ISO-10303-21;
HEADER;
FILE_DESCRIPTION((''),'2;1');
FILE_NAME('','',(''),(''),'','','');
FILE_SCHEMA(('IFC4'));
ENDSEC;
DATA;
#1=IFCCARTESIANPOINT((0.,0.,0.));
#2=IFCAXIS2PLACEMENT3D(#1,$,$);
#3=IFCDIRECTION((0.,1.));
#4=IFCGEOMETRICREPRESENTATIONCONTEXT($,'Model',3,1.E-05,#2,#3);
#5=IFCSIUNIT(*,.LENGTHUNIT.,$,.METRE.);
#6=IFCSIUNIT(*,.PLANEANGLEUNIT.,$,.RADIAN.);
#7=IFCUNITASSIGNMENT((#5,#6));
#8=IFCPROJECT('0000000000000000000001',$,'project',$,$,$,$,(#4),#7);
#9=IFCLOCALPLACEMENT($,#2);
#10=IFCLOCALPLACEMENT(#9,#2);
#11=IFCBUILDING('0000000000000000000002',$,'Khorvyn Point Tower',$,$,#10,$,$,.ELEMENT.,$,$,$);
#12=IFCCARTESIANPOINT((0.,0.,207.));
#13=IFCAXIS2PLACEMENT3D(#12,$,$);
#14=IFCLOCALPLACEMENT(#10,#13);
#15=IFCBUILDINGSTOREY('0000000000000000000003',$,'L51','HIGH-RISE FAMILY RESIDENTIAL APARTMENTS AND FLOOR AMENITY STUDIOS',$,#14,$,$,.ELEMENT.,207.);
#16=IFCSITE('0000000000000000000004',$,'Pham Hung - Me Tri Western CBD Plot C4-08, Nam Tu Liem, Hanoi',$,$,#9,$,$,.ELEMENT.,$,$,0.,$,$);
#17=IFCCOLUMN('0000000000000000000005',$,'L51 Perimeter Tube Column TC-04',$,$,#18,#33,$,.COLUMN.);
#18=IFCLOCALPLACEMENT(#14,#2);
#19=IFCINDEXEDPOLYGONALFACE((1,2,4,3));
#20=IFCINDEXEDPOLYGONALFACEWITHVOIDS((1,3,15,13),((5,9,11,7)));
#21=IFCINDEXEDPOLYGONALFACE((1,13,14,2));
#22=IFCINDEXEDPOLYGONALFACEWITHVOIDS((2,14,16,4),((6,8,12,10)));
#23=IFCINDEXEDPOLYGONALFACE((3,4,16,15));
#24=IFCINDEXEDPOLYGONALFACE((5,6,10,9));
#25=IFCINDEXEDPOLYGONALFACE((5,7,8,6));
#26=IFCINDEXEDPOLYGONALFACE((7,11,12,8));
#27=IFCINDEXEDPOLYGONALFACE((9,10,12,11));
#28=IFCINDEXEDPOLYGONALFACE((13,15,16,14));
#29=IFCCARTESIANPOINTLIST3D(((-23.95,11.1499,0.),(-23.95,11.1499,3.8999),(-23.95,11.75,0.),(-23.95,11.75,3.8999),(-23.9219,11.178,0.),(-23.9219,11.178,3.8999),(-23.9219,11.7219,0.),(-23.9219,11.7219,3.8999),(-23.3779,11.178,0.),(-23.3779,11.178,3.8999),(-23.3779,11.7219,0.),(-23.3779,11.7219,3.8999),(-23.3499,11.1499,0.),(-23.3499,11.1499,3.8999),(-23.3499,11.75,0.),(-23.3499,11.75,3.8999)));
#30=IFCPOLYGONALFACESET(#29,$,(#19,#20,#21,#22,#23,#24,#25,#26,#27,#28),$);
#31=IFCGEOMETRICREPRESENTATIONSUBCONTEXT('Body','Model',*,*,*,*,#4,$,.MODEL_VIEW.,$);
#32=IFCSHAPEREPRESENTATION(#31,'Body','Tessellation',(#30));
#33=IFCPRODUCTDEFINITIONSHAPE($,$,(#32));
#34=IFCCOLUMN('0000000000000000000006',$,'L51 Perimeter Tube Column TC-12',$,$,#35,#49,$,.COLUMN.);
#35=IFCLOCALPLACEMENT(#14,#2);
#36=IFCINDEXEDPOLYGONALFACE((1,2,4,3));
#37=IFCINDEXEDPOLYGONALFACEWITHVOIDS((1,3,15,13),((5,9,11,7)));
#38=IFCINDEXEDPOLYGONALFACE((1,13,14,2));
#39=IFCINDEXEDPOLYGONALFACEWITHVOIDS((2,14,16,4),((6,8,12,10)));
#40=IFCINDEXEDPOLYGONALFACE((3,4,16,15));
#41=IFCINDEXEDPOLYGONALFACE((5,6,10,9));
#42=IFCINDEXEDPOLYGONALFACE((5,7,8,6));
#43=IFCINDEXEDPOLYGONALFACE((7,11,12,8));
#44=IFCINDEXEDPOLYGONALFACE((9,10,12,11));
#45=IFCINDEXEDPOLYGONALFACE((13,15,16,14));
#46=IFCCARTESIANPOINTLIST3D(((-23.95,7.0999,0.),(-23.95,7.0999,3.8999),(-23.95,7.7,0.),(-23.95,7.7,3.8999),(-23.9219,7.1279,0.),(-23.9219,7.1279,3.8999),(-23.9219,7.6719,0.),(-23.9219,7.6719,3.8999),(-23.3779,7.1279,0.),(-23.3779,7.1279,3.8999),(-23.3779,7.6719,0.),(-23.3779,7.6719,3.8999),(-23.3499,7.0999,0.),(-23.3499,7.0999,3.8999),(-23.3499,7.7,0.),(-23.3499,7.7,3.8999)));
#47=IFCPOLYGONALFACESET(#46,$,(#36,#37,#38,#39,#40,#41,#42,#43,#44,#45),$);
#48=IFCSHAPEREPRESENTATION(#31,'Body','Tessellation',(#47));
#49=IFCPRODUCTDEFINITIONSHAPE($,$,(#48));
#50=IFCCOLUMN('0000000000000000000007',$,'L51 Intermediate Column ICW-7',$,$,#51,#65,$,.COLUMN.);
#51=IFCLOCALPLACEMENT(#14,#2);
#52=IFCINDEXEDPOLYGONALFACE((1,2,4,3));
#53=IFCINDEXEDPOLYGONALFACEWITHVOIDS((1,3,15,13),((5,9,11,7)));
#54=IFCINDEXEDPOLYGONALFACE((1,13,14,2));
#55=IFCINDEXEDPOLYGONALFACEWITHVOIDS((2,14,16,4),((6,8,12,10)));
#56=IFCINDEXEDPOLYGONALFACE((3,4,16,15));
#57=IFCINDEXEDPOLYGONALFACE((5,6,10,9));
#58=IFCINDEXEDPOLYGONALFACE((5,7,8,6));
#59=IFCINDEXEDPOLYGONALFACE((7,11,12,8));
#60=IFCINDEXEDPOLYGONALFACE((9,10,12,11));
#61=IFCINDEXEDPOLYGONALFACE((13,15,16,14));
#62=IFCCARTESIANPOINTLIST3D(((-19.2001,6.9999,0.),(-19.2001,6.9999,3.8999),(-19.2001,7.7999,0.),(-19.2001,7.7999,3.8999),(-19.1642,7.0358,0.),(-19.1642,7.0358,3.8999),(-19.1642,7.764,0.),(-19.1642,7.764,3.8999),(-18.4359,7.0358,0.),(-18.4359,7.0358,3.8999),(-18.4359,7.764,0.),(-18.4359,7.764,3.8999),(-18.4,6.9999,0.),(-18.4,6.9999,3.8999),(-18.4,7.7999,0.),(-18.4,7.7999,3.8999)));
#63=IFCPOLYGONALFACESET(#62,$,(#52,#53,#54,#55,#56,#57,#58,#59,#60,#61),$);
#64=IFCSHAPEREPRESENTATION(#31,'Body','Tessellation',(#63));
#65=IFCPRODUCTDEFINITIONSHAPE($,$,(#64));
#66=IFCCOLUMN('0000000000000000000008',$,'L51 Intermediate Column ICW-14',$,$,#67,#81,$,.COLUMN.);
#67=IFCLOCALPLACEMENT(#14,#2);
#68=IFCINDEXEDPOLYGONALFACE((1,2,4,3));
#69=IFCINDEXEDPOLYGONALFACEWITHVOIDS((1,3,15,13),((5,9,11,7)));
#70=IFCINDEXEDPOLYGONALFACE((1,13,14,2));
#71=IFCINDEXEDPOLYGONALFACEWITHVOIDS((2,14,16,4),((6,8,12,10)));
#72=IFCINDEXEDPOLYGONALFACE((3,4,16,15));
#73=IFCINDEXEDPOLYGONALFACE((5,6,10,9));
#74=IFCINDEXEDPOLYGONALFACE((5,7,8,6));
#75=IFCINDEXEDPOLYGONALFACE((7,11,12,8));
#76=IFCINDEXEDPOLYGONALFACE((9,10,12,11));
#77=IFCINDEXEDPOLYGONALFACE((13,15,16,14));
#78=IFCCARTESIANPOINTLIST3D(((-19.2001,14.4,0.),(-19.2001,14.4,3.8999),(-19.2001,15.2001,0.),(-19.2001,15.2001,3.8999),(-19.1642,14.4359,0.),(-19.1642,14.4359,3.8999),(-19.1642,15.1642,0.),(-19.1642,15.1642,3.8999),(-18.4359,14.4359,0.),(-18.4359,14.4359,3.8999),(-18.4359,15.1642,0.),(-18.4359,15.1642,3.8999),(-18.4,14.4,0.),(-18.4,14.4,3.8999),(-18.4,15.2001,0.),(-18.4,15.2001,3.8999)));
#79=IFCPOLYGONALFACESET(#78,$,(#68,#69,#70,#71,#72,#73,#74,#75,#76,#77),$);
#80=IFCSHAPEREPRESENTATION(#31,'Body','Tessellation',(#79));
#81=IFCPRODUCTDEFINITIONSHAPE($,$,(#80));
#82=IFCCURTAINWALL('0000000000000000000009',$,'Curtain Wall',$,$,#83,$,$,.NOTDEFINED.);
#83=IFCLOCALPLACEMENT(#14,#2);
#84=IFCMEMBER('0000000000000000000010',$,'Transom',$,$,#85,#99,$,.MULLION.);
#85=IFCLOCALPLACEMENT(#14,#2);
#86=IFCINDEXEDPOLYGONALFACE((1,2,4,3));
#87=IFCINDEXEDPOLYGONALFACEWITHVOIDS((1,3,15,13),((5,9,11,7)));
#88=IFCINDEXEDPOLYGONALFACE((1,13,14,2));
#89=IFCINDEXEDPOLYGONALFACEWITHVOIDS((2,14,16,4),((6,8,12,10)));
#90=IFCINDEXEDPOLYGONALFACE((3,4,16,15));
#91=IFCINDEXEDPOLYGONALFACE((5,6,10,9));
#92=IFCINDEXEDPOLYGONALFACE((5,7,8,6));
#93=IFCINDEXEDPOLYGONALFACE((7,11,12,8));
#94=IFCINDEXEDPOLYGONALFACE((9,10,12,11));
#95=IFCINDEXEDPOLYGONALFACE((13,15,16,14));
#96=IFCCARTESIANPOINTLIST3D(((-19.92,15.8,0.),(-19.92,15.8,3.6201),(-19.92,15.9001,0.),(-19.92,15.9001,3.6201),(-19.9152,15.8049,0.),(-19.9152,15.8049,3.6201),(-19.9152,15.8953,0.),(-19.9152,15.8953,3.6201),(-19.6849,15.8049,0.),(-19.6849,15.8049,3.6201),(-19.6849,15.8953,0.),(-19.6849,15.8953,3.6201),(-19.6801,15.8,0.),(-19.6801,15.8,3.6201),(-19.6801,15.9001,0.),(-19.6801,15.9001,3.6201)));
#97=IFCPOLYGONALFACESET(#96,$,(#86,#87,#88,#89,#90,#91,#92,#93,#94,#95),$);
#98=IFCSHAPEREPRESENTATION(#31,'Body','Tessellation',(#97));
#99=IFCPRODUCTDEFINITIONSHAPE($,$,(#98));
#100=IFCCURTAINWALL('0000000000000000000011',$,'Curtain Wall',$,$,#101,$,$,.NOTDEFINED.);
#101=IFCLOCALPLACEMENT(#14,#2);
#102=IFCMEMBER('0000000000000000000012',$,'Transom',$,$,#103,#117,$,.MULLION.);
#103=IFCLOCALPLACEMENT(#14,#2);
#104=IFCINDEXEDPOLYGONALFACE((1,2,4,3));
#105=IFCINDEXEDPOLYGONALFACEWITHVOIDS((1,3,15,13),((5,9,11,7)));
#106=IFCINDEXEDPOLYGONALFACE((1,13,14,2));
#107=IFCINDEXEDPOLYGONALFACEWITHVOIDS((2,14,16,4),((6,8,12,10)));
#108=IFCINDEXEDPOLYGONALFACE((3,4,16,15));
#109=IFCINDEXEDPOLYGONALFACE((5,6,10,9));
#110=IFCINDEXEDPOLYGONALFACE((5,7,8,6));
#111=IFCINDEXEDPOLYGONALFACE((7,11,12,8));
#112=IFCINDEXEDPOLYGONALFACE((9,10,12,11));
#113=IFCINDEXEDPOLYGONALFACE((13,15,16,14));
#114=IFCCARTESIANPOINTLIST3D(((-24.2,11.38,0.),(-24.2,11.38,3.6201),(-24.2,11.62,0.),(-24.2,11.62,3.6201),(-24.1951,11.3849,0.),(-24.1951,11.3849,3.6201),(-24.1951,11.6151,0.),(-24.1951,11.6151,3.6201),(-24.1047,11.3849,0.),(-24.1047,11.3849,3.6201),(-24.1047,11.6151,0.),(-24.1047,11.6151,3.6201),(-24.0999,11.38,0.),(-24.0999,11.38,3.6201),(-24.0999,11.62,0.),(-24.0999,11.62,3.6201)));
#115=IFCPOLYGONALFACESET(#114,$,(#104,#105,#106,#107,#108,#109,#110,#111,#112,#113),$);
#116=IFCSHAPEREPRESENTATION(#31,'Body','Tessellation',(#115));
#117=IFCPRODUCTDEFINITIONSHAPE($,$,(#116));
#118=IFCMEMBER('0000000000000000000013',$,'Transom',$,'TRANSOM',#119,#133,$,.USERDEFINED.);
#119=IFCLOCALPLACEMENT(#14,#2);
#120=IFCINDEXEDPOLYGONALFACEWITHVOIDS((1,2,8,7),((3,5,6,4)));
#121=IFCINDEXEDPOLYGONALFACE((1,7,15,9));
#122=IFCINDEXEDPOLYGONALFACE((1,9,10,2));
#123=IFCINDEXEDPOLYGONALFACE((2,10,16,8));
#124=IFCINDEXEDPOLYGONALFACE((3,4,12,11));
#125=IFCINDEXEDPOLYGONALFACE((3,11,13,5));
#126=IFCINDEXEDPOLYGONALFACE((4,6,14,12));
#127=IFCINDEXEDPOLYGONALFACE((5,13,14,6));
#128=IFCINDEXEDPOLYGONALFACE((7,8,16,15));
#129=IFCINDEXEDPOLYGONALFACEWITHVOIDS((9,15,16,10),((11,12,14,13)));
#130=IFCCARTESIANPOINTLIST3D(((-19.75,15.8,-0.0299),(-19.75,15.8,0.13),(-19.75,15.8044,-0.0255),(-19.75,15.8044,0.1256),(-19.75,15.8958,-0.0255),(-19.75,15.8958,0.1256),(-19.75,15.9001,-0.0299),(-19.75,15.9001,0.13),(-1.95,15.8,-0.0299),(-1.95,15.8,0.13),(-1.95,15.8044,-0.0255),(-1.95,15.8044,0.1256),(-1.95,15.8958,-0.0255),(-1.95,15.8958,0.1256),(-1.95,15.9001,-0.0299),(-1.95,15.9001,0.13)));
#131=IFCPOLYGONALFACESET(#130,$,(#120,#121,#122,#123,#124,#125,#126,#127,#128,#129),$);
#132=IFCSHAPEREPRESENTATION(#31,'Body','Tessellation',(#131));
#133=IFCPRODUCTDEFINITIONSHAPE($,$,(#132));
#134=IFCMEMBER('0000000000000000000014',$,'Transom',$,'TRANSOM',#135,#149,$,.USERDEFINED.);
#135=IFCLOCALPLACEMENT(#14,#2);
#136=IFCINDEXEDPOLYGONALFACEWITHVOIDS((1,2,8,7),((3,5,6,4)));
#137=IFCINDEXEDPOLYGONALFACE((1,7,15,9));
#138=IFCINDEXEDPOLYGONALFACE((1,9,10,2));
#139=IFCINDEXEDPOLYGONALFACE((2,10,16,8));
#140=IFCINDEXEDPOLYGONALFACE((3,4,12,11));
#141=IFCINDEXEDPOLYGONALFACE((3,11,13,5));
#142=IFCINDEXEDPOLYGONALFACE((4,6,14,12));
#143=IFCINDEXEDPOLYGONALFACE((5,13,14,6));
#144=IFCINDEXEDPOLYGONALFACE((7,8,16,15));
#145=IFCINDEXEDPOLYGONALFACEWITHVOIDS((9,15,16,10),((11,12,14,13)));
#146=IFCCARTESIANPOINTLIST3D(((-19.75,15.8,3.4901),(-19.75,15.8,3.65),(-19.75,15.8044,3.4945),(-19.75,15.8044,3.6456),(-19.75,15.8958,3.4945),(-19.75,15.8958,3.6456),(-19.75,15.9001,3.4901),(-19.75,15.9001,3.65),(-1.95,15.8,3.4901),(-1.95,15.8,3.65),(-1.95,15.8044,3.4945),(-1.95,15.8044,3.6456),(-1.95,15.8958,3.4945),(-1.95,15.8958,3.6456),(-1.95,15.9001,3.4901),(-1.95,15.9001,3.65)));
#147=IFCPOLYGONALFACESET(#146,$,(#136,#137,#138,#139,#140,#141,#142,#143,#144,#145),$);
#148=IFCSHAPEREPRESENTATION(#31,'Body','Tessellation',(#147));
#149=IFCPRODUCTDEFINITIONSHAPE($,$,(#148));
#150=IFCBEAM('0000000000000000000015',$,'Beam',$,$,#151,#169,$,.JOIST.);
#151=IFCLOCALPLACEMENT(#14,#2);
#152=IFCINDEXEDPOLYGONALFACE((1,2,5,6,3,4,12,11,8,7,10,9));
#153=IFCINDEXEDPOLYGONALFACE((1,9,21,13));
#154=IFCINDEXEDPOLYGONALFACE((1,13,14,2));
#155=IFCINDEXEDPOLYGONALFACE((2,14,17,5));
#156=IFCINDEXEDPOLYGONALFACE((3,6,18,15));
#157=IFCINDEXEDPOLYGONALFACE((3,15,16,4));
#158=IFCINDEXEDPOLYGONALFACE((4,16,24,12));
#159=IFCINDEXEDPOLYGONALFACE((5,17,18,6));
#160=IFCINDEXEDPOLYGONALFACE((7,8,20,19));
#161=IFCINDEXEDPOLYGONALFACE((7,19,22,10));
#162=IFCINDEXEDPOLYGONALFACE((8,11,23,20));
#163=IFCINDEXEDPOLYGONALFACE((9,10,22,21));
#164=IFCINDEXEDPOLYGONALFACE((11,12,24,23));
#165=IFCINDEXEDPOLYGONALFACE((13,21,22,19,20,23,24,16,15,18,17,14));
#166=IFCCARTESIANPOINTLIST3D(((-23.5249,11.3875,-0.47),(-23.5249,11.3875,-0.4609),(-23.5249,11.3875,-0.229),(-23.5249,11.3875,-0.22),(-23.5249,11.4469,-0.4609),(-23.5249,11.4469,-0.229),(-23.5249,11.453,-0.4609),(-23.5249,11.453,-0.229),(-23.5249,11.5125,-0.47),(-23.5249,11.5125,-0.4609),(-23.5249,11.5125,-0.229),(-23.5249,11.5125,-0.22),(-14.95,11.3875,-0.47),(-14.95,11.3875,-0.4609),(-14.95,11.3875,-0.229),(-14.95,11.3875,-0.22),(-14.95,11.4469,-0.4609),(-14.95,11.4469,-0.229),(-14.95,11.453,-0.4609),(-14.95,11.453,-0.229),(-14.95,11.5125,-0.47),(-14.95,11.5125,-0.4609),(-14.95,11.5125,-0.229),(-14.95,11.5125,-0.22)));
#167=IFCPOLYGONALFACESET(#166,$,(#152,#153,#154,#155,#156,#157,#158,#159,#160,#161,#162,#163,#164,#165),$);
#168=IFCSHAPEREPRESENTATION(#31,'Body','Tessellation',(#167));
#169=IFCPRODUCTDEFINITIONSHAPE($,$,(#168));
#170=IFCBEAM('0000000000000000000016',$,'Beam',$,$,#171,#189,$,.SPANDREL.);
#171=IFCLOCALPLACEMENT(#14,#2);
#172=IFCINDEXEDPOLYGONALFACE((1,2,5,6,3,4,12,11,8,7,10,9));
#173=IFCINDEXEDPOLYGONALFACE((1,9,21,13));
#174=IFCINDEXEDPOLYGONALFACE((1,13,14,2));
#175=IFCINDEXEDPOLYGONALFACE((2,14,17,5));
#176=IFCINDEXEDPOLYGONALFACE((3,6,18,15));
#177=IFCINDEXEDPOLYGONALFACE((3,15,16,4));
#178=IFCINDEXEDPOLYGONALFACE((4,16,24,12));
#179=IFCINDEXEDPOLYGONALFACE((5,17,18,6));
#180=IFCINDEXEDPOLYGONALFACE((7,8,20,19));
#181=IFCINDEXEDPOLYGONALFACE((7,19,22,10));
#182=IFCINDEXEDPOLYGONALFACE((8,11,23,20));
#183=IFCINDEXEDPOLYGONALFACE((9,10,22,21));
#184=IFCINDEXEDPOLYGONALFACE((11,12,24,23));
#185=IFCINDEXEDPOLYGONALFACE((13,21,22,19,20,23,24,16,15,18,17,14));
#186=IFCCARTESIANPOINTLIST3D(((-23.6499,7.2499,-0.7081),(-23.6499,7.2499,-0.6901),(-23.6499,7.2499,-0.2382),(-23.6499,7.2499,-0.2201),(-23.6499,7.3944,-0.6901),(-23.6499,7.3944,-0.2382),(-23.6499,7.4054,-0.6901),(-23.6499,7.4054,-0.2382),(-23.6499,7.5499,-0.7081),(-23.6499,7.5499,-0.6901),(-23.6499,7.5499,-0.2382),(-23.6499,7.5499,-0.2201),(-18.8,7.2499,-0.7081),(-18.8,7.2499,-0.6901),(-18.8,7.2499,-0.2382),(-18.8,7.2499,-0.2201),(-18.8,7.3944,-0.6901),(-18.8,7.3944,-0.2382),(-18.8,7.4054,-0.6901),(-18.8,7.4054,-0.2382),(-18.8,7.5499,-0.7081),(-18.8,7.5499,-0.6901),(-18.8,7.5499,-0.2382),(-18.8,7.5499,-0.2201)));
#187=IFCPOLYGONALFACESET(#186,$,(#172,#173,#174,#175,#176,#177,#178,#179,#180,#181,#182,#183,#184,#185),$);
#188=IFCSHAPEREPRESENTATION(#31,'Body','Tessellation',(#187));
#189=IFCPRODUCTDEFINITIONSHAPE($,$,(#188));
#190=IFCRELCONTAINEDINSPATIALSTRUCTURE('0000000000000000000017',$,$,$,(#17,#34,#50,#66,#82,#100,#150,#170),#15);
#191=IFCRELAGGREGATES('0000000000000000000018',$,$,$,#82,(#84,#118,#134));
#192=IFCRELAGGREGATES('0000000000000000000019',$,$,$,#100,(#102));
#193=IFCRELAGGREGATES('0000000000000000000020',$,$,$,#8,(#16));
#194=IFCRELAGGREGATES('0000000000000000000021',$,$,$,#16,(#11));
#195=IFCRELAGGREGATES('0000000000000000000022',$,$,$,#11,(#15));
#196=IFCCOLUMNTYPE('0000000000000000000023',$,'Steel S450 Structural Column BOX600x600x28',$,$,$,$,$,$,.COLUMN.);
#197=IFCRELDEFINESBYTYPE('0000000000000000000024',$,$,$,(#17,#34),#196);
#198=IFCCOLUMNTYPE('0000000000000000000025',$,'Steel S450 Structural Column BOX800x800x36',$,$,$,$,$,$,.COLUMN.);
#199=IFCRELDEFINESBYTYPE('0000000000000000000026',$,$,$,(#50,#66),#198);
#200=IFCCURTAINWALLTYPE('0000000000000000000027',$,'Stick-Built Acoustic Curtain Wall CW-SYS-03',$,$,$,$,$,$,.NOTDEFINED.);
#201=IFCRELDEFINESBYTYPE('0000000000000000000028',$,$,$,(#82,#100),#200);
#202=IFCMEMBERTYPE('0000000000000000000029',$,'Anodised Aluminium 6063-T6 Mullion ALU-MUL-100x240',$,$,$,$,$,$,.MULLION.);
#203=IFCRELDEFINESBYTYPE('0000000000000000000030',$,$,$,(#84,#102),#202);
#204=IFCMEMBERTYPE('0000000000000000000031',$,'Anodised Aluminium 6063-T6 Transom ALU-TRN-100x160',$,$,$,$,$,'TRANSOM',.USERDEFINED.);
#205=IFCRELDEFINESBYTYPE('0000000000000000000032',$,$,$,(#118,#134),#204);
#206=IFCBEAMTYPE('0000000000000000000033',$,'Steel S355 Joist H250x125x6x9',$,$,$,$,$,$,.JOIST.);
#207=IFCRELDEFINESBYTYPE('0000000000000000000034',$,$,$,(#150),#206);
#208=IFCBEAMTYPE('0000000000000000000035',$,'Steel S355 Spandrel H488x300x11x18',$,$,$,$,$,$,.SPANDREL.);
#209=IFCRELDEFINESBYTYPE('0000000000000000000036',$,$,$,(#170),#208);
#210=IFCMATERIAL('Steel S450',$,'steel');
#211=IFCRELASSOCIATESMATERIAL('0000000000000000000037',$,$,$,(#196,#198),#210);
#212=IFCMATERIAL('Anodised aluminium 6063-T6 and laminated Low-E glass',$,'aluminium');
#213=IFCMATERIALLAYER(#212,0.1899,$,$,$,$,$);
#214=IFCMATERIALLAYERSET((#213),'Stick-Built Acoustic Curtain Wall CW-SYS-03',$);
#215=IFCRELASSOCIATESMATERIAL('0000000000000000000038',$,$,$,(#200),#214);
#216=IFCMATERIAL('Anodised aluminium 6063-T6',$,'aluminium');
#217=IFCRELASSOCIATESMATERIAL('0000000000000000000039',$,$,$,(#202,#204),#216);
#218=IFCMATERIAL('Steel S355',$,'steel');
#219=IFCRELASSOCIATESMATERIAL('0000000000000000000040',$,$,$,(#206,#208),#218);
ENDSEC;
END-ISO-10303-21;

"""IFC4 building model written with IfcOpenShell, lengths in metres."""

from ifc_helpers import new_model, si_unit, direction, frame, origin, origin_2d, place, context, subcontext, project, spatial, hollow_rectangle, i_section, extrude, material, layer, layer_set, material_profile, profile_set, type_object, element, aggregate, save


model = new_model("IFC4")

# Units and contexts
model_context = context("Model", 3, precision=1e-05, world=origin(), true_north=direction((0.0, 1.0)))
body_context = subcontext(model_context, "Body", "Model", "MODEL_VIEW")
ifc_project = project(units=[si_unit("LENGTHUNIT", "METRE"), si_unit("PLANEANGLEUNIT", "RADIAN")], contexts=[model_context])

# Site, building, storey
site_placement = place(None, origin())
site = spatial("IfcSite", under=ifc_project, at=site_placement, Name="Pham Hung - Me Tri Western CBD Plot C4-08, Nam Tu Liem, Hanoi", CompositionType="ELEMENT", RefElevation=0.0)
building_placement = place(site_placement, origin())
building = spatial("IfcBuilding", under=site, at=building_placement, Name="Khorvyn Point Tower", CompositionType="ELEMENT")
storey_placement = place(building_placement, frame((0.0, 0.0, 207.0)))
storey = spatial("IfcBuildingStorey", under=building, at=storey_placement, Name="L51", Description="HIGH-RISE FAMILY RESIDENTIAL APARTMENTS AND FLOOR AMENITY STUDIOS", CompositionType="ELEMENT", Elevation=207.0)

# Columns
ifc_material_1 = material(Name="Steel S450", Category="steel")
ifc_material_profile_1 = material_profile(ifc_material_1, hollow_rectangle(XDim=0.6001, YDim=0.6001, WallThickness=0.0281, at=origin_2d()))
ifc_profile_set_1 = profile_set([ifc_material_profile_1], Name="Steel S450 BOX600x600x28")
column_type_1 = type_object("IfcColumnType", Name="Steel S450 Structural Column BOX600x600x28", PredefinedType="COLUMN", material=ifc_profile_set_1)
for number, where, z_axis, x_axis, name in (
    (1, (-23.6499, 11.45, 0.0), (0.0, 0.0, 1.0), (1.0, 0.0, 0.0), "L51 Perimeter Tube Column TC-04"),
    (2, (-23.6499, 7.3999, 0.0), (0.0, 0.0, 1.0), (1.0, 0.0, 0.0), "L51 Perimeter Tube Column TC-12"),
):
    element("IfcColumn", number, at=place(storey_placement, frame(where, z_axis=z_axis, x_axis=x_axis)), inside=storey, type_object=column_type_1, Name=name, PredefinedType="COLUMN", context=body_context, shape_type="SweptSolid", body=[
        extrude(hollow_rectangle(XDim=0.6001, YDim=0.6001, WallThickness=0.0281, at=origin_2d()), origin(), (0.0, 0.0, 1.0), 3.8999),
    ])
ifc_material_profile_2 = material_profile(ifc_material_1, hollow_rectangle(XDim=0.8, YDim=0.8, WallThickness=0.0359, at=origin_2d()))
ifc_profile_set_2 = profile_set([ifc_material_profile_2], Name="Steel S450 BOX800x800x36")
column_type_2 = type_object("IfcColumnType", Name="Steel S450 Structural Column BOX800x800x36", PredefinedType="COLUMN", material=ifc_profile_set_2)
for number, where, z_axis, x_axis, name in (
    (3, (-18.8, 7.3999, 0.0), (0.0, 0.0, 1.0), (1.0, 0.0, 0.0), "L51 Intermediate Column ICW-7"),
    (4, (-18.8, 14.8, 0.0), (0.0, 0.0, 1.0), (1.0, 0.0, 0.0), "L51 Intermediate Column ICW-14"),
):
    element("IfcColumn", number, at=place(storey_placement, frame(where, z_axis=z_axis, x_axis=x_axis)), inside=storey, type_object=column_type_2, Name=name, PredefinedType="COLUMN", context=body_context, shape_type="SweptSolid", body=[
        extrude(hollow_rectangle(XDim=0.8, YDim=0.8, WallThickness=0.0359, at=origin_2d()), origin(), (0.0, 0.0, 1.0), 3.8999),
    ])

# Curtain walls, members
ifc_material_2 = material(Name="Anodised aluminium 6063-T6 and laminated Low-E glass", Category="aluminium")
ifc_layer_1 = layer(ifc_material_2, 0.1899)
ifc_layer_set_1 = layer_set([ifc_layer_1], Name="Stick-Built Acoustic Curtain Wall CW-SYS-03")
curtain_wall_type = type_object("IfcCurtainWallType", Name="Stick-Built Acoustic Curtain Wall CW-SYS-03", PredefinedType="NOTDEFINED", material=ifc_layer_set_1)
curtain_wall_1_placement = place(storey_placement, origin())
curtain_wall_1 = element("IfcCurtainWall", 5, at=curtain_wall_1_placement, inside=storey, type_object=curtain_wall_type, Name="Curtain Wall", PredefinedType="NOTDEFINED")
ifc_material_3 = material(Name="Anodised aluminium 6063-T6", Category="aluminium")
ifc_material_profile_3 = material_profile(ifc_material_3, hollow_rectangle(XDim=0.1001, YDim=0.24, WallThickness=0.0049, at=origin_2d()))
ifc_profile_set_3 = profile_set([ifc_material_profile_3], Name="Anodised aluminium 6063-T6 ALU-MUL-100x240")
member_type_1 = type_object("IfcMemberType", Name="Anodised Aluminium 6063-T6 Mullion ALU-MUL-100x240", PredefinedType="MULLION", material=ifc_profile_set_3)
member_1_placement = place(storey_placement, frame((-19.8, 15.8501, 0.0), z_axis=(0.0, 0.0, 1.0), x_axis=(0.0, 1.0, 0.0)))
member_1 = element("IfcMember", 6, at=member_1_placement, type_object=member_type_1, Name="Transom", PredefinedType="MULLION", context=body_context, shape_type="SweptSolid", body=[
    extrude(hollow_rectangle(XDim=0.1001, YDim=0.24, WallThickness=0.0049, at=origin_2d()), origin(), (0.0, 0.0, 1.0), 3.6201),
])
curtain_wall_2_placement = place(storey_placement, origin())
curtain_wall_2 = element("IfcCurtainWall", 7, at=curtain_wall_2_placement, inside=storey, type_object=curtain_wall_type, Name="Curtain Wall", PredefinedType="NOTDEFINED")
member_2_placement = place(storey_placement, frame((-24.1499, 11.5, 0.0), z_axis=(0.0, 0.0, 1.0), x_axis=(-1.0, 0.0, 0.0)))
member_2 = element("IfcMember", 8, at=member_2_placement, type_object=member_type_1, Name="Transom", PredefinedType="MULLION", context=body_context, shape_type="SweptSolid", body=[
    extrude(hollow_rectangle(XDim=0.1001, YDim=0.24, WallThickness=0.0049, at=origin_2d()), origin(), (0.0, 0.0, 1.0), 3.6201),
])

# Members
ifc_material_profile_4 = material_profile(ifc_material_3, hollow_rectangle(XDim=0.1001, YDim=0.1599, WallThickness=0.0044, at=origin_2d()))
ifc_profile_set_4 = profile_set([ifc_material_profile_4], Name="Anodised aluminium 6063-T6 ALU-TRN-100x160")
member_type_2 = type_object("IfcMemberType", Name="Anodised Aluminium 6063-T6 Transom ALU-TRN-100x160", ElementType="TRANSOM", PredefinedType="USERDEFINED", material=ifc_profile_set_4)
member_3_placement = place(storey_placement, frame((-19.75, 15.8501, 0.05), z_axis=(1.0, 0.0, 0.0), x_axis=(0.0, 1.0, 0.0)))
member_3 = element("IfcMember", 9, at=member_3_placement, type_object=member_type_2, Name="Transom", ObjectType="TRANSOM", PredefinedType="USERDEFINED", context=body_context, shape_type="SweptSolid", body=[
    extrude(hollow_rectangle(XDim=0.1001, YDim=0.1599, WallThickness=0.0044, at=origin_2d()), origin(), (0.0, 0.0, 1.0), 17.8),
])
member_4_placement = place(storey_placement, frame((-19.75, 15.8501, 3.5701), z_axis=(1.0, 0.0, 0.0), x_axis=(0.0, 1.0, 0.0)))
member_4 = element("IfcMember", 10, at=member_4_placement, type_object=member_type_2, Name="Transom", ObjectType="TRANSOM", PredefinedType="USERDEFINED", context=body_context, shape_type="SweptSolid", body=[
    extrude(hollow_rectangle(XDim=0.1001, YDim=0.1599, WallThickness=0.0044, at=origin_2d()), origin(), (0.0, 0.0, 1.0), 17.8),
])
aggregate(curtain_wall_1, [member_1, member_3, member_4])

# Beams
ifc_material_4 = material(Name="Steel S355", Category="steel")
ifc_material_profile_5 = material_profile(ifc_material_4, i_section(OverallWidth=0.125, OverallDepth=0.25, WebThickness=0.0061, FlangeThickness=0.009, at=origin_2d()))
ifc_profile_set_5 = profile_set([ifc_material_profile_5], Name="Steel S355 H250x125x6x9")
beam_type_1 = type_object("IfcBeamType", Name="Steel S355 Joist H250x125x6x9", PredefinedType="JOIST", material=ifc_profile_set_5)
beam_1_placement = place(storey_placement, frame((-23.5249, 11.45, -0.345), z_axis=(1.0, 0.0, 0.0), x_axis=(0.0, 1.0, 0.0)))
element("IfcBeam", 11, at=beam_1_placement, inside=storey, type_object=beam_type_1, Name="Beam", PredefinedType="JOIST", context=body_context, shape_type="SweptSolid", body=[
    extrude(i_section(OverallWidth=0.125, OverallDepth=0.25, WebThickness=0.0061, FlangeThickness=0.009, at=origin_2d()), origin(), (0.0, 0.0, 1.0), 8.575),
])
ifc_material_profile_6 = material_profile(ifc_material_4, i_section(OverallWidth=0.3, OverallDepth=0.488, WebThickness=0.011, FlangeThickness=0.0181, at=origin_2d()))
ifc_profile_set_6 = profile_set([ifc_material_profile_6], Name="Steel S355 H488x300x11x18")
beam_type_2 = type_object("IfcBeamType", Name="Steel S355 Spandrel H488x300x11x18", PredefinedType="SPANDREL", material=ifc_profile_set_6)
beam_2_placement = place(storey_placement, frame((-23.6499, 7.3999, -0.4641), z_axis=(1.0, 0.0, 0.0), x_axis=(0.0, 1.0, 0.0)))
element("IfcBeam", 12, at=beam_2_placement, inside=storey, type_object=beam_type_2, Name="Beam", PredefinedType="SPANDREL", context=body_context, shape_type="SweptSolid", body=[
    extrude(i_section(OverallWidth=0.3, OverallDepth=0.488, WebThickness=0.011, FlangeThickness=0.0181, at=origin_2d()), origin(), (0.0, 0.0, 1.0), 4.8499),
])

aggregate(curtain_wall_2, [member_2])

save(model, "model.ifc")
